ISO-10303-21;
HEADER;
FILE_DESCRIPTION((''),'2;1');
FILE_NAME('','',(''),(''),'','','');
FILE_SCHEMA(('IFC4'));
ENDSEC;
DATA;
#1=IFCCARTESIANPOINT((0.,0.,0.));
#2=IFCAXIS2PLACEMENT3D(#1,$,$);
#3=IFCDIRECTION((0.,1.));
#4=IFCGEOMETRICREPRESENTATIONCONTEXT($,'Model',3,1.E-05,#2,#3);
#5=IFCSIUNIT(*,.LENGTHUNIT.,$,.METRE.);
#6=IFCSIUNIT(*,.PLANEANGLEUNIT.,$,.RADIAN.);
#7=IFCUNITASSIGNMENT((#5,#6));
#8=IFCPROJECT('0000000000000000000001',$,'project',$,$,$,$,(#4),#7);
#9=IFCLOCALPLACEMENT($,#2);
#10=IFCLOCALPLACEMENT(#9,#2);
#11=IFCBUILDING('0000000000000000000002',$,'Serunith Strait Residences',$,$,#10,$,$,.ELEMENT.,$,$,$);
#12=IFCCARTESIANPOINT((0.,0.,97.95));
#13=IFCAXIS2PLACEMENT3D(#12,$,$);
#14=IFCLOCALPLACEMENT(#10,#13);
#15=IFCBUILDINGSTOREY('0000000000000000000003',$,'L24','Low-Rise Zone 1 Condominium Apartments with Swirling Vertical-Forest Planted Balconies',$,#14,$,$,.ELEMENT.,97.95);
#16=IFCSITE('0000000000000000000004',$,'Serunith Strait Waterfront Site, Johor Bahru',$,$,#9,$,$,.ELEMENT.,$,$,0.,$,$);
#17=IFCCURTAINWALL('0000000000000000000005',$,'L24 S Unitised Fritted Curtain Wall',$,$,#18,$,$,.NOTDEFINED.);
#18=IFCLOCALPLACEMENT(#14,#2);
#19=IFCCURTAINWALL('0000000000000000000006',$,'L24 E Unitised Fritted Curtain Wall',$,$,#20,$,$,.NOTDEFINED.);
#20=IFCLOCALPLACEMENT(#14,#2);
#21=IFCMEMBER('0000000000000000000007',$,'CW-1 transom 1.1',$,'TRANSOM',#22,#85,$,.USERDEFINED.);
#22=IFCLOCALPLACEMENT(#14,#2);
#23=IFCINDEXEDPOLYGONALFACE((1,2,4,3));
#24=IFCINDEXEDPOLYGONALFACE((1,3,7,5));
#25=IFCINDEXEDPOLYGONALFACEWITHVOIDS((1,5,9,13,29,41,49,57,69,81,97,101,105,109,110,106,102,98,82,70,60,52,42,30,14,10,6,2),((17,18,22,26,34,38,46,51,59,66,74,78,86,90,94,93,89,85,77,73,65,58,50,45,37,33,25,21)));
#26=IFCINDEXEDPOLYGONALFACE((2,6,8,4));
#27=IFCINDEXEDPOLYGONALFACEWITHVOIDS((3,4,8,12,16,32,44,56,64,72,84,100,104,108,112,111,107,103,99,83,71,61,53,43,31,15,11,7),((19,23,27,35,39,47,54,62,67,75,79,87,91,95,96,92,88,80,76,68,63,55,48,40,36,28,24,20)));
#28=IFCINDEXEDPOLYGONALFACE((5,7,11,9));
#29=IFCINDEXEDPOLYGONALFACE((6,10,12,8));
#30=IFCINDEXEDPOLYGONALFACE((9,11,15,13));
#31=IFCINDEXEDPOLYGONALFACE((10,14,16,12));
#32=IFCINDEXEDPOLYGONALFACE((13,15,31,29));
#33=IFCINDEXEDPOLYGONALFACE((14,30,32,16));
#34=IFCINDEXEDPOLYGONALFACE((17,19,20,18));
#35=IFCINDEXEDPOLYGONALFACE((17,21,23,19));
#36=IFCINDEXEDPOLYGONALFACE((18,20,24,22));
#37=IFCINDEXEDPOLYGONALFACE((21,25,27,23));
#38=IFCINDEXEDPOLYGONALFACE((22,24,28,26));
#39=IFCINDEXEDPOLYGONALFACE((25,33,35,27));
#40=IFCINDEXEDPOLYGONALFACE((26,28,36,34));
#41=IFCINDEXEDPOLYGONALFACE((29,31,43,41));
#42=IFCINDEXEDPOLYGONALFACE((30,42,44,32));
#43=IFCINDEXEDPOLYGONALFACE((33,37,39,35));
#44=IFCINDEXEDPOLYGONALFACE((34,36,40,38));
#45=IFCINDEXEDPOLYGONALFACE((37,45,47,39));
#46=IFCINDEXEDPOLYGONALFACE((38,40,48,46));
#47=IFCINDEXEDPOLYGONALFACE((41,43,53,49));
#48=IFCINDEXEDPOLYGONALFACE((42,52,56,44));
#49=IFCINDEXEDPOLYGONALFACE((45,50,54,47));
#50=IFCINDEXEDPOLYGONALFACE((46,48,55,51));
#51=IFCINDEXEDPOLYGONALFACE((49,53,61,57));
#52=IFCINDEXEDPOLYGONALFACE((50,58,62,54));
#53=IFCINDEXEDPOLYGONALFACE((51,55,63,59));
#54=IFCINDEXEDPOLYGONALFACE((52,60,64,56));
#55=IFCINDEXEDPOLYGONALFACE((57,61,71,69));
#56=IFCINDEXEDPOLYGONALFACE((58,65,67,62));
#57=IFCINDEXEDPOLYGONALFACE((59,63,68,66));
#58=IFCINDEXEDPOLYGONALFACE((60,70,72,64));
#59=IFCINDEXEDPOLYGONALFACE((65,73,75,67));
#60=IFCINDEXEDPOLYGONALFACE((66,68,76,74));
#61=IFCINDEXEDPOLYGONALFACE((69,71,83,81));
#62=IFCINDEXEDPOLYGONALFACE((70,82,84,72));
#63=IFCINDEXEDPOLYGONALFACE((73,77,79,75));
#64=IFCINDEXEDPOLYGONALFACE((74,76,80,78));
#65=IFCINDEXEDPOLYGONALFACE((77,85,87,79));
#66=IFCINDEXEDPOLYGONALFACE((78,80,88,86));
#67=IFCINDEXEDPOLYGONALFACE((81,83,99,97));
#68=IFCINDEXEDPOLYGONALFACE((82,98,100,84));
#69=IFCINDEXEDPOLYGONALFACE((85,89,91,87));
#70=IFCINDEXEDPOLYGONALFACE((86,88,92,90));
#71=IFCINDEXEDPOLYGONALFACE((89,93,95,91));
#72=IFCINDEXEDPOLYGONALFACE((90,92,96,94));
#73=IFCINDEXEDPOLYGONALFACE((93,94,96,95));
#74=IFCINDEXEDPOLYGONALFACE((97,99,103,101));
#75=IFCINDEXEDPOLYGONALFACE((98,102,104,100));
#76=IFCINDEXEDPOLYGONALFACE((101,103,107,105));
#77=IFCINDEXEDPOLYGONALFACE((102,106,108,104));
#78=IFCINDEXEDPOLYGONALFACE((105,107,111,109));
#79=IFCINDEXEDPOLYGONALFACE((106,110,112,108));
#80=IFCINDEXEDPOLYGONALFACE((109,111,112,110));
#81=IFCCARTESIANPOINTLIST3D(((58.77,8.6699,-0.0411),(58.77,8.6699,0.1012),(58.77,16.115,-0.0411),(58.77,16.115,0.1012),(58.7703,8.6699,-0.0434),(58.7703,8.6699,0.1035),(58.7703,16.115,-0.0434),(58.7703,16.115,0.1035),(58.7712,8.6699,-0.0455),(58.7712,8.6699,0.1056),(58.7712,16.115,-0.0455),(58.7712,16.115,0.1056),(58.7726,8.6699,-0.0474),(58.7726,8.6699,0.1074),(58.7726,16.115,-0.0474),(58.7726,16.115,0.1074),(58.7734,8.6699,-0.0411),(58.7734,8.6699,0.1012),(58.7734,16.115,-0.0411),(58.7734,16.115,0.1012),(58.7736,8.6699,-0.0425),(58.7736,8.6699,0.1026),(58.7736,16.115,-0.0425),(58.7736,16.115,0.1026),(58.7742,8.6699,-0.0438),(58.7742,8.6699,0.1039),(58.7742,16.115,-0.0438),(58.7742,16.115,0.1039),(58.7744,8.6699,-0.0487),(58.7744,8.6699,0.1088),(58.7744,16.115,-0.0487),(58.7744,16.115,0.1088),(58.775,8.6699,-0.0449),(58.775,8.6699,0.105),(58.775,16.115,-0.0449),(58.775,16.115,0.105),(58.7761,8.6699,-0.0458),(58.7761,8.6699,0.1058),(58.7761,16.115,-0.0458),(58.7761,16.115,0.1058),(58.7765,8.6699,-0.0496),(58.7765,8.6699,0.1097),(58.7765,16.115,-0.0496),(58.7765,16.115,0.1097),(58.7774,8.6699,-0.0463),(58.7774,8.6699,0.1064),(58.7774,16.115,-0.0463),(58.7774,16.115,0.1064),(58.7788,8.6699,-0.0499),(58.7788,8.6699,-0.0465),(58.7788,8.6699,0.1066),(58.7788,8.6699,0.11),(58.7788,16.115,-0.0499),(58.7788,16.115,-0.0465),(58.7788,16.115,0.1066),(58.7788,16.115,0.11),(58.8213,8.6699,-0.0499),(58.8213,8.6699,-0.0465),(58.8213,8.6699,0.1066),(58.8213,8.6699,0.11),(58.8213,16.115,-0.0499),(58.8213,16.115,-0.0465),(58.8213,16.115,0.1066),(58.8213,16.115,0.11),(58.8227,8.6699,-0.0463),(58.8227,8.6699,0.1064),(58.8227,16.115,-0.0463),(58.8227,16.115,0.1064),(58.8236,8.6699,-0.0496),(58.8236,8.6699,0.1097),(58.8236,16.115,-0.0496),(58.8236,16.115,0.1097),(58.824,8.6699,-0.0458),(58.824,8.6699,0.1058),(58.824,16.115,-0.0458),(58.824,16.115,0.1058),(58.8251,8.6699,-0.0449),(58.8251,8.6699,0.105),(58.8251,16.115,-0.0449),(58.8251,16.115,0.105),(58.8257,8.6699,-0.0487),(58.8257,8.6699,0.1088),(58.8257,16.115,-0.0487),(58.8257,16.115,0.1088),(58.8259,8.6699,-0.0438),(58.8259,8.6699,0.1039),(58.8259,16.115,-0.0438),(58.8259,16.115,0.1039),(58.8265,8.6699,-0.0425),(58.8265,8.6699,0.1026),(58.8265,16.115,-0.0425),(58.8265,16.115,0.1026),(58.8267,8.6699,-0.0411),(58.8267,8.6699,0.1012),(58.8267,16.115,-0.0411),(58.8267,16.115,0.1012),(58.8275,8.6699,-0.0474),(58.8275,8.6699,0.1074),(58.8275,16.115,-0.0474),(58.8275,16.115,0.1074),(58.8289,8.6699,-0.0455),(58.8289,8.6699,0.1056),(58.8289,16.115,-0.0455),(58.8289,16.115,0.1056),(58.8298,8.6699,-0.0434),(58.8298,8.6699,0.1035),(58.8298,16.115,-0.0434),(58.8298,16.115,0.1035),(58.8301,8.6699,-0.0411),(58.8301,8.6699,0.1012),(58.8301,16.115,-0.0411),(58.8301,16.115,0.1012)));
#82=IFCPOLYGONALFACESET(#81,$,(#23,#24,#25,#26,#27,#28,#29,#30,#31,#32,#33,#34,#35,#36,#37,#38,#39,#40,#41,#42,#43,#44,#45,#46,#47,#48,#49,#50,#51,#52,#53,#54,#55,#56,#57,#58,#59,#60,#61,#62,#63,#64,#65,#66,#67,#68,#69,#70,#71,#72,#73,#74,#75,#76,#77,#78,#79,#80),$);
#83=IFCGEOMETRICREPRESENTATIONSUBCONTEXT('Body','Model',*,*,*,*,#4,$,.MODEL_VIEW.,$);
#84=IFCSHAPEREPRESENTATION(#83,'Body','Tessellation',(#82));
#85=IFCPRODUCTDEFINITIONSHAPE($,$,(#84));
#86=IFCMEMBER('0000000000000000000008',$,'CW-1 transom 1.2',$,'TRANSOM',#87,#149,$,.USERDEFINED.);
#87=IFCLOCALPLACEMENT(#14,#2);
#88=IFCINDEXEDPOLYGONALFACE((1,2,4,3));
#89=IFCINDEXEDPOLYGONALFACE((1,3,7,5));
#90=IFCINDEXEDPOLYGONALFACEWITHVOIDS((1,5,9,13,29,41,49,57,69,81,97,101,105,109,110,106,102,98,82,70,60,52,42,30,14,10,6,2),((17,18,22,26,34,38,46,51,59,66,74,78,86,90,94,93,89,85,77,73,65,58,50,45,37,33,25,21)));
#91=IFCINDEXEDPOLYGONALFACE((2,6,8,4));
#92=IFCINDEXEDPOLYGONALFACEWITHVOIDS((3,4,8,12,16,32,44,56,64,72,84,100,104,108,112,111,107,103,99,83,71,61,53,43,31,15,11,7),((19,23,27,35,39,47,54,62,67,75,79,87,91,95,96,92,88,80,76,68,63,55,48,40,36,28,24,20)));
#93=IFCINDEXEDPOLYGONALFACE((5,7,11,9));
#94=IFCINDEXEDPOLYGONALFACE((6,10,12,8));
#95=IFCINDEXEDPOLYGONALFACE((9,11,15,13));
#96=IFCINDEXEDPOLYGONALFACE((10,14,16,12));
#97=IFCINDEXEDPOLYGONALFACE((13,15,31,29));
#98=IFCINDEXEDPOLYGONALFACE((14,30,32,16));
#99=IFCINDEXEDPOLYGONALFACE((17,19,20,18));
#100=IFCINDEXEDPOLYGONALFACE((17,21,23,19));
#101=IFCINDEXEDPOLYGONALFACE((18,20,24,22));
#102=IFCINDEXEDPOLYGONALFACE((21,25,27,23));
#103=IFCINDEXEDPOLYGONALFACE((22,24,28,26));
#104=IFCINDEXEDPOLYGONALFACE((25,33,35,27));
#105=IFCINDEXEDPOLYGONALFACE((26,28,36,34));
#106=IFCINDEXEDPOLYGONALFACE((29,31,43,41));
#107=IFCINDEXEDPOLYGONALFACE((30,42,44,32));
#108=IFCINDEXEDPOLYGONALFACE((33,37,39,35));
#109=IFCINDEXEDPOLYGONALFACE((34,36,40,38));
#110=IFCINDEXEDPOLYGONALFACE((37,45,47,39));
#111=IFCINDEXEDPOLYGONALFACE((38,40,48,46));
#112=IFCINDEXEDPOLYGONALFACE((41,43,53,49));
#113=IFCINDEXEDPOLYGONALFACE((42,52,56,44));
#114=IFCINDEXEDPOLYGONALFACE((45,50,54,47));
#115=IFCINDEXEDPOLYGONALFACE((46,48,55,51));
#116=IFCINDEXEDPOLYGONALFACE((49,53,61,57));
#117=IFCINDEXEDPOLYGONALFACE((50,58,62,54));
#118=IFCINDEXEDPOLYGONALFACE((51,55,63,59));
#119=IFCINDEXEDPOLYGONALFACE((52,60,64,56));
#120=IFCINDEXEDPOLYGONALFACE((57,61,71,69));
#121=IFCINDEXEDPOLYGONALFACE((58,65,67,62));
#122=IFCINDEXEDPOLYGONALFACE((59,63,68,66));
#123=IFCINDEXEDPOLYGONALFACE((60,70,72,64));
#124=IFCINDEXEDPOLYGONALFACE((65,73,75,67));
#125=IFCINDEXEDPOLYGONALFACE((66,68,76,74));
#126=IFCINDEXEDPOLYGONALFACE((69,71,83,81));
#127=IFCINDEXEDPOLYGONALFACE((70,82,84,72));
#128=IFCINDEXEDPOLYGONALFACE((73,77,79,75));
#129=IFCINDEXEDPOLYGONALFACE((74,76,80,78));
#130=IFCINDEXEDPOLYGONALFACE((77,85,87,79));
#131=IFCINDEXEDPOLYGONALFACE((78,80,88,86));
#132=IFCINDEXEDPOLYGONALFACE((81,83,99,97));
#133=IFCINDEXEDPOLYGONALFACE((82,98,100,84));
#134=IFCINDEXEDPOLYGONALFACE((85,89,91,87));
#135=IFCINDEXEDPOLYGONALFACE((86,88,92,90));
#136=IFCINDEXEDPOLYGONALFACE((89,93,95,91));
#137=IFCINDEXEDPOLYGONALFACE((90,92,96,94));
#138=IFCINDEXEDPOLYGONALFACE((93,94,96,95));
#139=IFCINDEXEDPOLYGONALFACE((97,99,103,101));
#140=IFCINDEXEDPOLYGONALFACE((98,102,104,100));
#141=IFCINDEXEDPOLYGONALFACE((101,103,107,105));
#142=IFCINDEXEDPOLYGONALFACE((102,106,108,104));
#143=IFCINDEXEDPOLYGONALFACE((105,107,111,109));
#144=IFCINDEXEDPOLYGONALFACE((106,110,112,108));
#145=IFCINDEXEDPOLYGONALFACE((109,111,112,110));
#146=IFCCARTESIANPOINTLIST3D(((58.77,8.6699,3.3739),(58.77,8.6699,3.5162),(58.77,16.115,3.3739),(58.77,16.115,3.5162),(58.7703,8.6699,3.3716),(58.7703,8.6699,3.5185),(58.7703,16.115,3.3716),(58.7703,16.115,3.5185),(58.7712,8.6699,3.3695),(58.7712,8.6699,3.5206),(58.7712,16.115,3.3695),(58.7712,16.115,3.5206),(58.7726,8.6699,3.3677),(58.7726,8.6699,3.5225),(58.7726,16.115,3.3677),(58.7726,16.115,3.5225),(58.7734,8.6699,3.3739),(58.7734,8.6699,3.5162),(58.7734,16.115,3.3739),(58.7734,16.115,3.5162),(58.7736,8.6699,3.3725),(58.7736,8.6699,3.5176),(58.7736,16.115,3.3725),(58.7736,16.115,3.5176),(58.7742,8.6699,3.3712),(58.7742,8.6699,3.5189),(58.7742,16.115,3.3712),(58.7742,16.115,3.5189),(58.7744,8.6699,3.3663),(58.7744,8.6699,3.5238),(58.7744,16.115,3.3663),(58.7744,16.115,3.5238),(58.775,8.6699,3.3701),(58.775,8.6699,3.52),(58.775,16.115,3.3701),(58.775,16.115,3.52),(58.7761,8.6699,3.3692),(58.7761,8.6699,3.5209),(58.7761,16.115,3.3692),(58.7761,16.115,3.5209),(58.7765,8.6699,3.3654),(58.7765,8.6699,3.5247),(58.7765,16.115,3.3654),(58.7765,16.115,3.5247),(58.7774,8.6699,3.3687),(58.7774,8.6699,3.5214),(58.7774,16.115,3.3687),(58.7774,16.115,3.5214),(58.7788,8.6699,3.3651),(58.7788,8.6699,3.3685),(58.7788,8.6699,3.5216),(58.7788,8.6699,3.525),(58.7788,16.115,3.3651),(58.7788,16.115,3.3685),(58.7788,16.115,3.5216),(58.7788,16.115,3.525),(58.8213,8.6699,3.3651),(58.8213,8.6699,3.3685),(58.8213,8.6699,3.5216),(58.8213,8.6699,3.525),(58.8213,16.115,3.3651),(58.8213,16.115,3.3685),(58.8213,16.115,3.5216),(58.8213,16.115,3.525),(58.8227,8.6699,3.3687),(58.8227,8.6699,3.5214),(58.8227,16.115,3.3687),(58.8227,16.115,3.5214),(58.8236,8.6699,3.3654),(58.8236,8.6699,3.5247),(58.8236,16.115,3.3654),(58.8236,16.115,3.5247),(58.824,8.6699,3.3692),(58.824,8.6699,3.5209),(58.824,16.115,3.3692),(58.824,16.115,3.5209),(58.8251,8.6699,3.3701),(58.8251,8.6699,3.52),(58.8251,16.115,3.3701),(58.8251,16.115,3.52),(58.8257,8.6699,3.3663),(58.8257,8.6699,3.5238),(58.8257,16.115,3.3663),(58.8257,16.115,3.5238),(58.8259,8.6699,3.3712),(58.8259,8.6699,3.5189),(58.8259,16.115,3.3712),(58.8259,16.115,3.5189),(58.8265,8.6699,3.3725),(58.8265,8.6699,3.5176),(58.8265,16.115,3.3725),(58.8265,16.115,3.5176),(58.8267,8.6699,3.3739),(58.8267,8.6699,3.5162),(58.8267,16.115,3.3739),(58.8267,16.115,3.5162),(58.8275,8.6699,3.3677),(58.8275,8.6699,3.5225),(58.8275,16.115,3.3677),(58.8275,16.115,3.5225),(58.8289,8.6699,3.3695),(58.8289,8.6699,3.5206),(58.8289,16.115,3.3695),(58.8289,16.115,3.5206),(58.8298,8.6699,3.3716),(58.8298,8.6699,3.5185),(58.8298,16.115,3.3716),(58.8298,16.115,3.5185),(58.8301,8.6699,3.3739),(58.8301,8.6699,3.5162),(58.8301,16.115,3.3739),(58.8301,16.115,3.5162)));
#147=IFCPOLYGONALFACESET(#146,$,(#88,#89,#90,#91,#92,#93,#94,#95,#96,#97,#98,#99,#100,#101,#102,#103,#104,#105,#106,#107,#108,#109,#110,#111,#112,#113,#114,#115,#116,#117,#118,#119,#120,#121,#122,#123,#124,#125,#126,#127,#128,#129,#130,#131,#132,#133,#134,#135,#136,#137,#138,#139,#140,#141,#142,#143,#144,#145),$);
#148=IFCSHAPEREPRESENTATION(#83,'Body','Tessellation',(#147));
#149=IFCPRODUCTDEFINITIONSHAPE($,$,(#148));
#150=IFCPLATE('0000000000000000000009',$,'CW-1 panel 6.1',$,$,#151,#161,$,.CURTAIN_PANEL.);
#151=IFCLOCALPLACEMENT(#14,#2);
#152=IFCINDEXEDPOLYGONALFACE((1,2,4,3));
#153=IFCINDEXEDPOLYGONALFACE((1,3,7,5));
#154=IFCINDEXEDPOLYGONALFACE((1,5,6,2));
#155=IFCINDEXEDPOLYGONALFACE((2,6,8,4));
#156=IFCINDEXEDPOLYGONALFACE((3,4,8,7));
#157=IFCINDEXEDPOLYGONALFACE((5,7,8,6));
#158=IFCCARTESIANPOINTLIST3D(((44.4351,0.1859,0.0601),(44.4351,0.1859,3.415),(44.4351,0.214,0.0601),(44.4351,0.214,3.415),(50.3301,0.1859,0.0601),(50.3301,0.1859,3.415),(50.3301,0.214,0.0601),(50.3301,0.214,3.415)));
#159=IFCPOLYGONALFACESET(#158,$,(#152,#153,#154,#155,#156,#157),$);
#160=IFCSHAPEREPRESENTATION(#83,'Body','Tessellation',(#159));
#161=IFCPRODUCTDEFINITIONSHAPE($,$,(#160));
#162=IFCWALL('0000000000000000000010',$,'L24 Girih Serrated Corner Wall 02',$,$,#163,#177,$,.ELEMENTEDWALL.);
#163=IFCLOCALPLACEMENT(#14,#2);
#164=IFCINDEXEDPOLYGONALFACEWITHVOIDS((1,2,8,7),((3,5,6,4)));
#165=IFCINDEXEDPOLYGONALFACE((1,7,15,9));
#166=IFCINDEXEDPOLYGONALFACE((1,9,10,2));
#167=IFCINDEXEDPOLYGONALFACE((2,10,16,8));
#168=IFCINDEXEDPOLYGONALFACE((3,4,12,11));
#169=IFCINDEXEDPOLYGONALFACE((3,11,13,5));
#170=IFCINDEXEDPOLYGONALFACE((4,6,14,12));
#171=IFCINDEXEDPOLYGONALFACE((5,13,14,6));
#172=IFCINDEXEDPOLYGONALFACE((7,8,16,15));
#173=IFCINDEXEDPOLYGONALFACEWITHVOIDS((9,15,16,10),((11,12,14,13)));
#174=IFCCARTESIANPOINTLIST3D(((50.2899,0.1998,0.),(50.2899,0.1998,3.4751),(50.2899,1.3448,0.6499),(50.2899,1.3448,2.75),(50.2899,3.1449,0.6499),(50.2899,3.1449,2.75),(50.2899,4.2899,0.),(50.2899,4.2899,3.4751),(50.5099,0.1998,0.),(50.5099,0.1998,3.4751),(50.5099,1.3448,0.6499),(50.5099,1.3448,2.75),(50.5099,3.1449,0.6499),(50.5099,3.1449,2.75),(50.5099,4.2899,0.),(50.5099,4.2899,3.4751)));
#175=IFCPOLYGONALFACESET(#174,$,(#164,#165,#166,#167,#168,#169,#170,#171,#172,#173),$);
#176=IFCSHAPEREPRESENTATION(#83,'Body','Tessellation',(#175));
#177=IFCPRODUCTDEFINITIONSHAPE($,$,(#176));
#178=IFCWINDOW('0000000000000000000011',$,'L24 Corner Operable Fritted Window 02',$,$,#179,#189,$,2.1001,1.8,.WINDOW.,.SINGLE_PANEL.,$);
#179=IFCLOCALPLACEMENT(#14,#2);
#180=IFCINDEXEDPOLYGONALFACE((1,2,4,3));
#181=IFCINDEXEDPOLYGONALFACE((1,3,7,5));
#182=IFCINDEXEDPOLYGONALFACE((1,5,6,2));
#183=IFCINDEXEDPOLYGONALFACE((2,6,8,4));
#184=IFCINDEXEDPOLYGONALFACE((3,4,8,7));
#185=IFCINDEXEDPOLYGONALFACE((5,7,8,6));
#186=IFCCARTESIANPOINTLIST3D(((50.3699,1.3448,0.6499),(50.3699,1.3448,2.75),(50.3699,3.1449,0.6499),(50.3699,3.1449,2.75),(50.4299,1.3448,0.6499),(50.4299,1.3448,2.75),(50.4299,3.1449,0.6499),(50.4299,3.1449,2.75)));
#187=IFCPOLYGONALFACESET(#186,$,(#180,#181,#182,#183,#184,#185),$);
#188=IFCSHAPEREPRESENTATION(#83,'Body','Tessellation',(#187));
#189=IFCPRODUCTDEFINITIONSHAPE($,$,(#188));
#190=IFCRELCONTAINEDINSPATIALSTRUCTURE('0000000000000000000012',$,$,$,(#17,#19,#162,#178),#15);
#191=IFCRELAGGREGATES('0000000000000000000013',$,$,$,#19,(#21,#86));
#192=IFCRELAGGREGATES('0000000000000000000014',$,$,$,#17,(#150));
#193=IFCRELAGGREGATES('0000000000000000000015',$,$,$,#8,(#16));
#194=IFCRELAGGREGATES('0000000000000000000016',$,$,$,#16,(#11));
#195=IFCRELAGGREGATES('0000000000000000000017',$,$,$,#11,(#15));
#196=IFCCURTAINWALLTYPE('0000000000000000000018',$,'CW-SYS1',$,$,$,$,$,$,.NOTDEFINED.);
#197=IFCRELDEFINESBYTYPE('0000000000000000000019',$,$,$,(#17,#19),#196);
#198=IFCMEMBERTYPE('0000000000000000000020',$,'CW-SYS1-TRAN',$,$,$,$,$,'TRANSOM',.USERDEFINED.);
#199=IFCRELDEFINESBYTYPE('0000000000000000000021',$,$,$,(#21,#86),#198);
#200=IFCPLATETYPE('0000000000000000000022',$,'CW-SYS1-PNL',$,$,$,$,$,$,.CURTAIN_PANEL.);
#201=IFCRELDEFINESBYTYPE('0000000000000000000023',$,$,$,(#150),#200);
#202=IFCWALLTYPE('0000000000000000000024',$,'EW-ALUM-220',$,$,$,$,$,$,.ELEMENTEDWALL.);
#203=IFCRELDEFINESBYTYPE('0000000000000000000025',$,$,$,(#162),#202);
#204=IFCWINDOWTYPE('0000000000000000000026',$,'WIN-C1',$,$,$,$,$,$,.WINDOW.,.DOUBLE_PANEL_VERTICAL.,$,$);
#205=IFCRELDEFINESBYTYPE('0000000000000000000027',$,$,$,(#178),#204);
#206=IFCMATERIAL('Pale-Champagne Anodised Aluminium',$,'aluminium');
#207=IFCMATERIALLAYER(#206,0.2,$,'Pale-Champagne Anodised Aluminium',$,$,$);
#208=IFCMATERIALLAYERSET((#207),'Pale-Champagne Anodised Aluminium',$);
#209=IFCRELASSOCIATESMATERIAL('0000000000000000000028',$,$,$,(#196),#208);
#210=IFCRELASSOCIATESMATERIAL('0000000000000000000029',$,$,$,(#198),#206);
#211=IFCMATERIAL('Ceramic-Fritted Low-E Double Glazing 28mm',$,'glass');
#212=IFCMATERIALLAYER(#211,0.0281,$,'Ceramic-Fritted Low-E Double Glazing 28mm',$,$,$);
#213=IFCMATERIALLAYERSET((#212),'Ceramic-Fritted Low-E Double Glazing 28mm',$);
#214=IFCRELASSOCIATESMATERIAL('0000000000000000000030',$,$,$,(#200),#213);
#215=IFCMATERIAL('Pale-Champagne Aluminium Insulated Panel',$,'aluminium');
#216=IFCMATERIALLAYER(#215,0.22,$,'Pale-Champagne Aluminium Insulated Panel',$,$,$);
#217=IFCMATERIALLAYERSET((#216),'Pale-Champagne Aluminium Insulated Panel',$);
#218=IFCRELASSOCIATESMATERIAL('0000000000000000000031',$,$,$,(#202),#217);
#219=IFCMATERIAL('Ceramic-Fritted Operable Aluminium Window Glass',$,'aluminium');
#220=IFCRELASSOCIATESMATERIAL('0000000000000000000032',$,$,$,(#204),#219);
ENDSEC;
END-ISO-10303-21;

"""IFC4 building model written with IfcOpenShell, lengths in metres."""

from ifc_helpers import new_model, si_unit, direction, frame, frame_2d, origin, origin_2d, place, context, subcontext, project, spatial, rectangle, hollow_rectangle, extrude, source, transform, mapped, material, layer, layer_set, material_profile, profile_set, type_object, element, fill, aggregate, save


model = new_model("IFC4")

# Units and contexts
model_context = context("Model", 3, precision=1e-05, world=origin(), true_north=direction((0.0, 1.0)))
body_context = subcontext(model_context, "Body", "Model", "MODEL_VIEW")
ifc_project = project(units=[si_unit("LENGTHUNIT", "METRE"), si_unit("PLANEANGLEUNIT", "RADIAN")], contexts=[model_context])

# Site, building, storey
site_placement = place(None, origin())
site = spatial("IfcSite", under=ifc_project, at=site_placement, Name="Serunith Strait Waterfront Site, Johor Bahru", CompositionType="ELEMENT", RefElevation=0.0)
building_placement = place(site_placement, origin())
building = spatial("IfcBuilding", under=site, at=building_placement, Name="Serunith Strait Residences", CompositionType="ELEMENT")
storey_placement = place(building_placement, frame((0.0, 0.0, 97.95)))
storey = spatial("IfcBuildingStorey", under=building, at=storey_placement, Name="L24", Description="Low-Rise Zone 1 Condominium Apartments with Swirling Vertical-Forest Planted Balconies", CompositionType="ELEMENT", Elevation=97.95)

# Curtain walls
ifc_material_1 = material(Name="Pale-Champagne Anodised Aluminium", Category="aluminium")
ifc_layer_1 = layer(ifc_material_1, 0.2, Name="Pale-Champagne Anodised Aluminium")
ifc_layer_set_1 = layer_set([ifc_layer_1], Name="Pale-Champagne Anodised Aluminium")
curtain_wall_type = type_object("IfcCurtainWallType", Name="CW-SYS1", PredefinedType="NOTDEFINED", material=ifc_layer_set_1)
curtain_wall_1_placement = place(storey_placement, origin())
curtain_wall_1 = element("IfcCurtainWall", 1, at=curtain_wall_1_placement, inside=storey, type_object=curtain_wall_type, Name="L24 S Unitised Fritted Curtain Wall", PredefinedType="NOTDEFINED")
curtain_wall_2_placement = place(storey_placement, origin())
curtain_wall_2 = element("IfcCurtainWall", 2, at=curtain_wall_2_placement, inside=storey, type_object=curtain_wall_type, Name="L24 E Unitised Fritted Curtain Wall", PredefinedType="NOTDEFINED")

# Members
ifc_material_profile_1 = material_profile(ifc_material_1, hollow_rectangle(XDim=0.0601, YDim=0.1599, WallThickness=0.0034, InnerFilletRadius=0.0054, OuterFilletRadius=0.0088, at=origin_2d()), Name="ALU 160x60x3.5")
ifc_profile_set_1 = profile_set([ifc_material_profile_1], Name="Pale-Champagne Anodised Aluminium")
member_type_1 = type_object("IfcMemberType", Name="CW-SYS1-TRAN", ElementType="TRANSOM", PredefinedType="USERDEFINED", material=ifc_profile_set_1)
shared_shape_1 = source(origin(), body_context, "Body", "SweptSolid", [
    extrude(hollow_rectangle(XDim=0.0601, YDim=0.1599, WallThickness=0.0034, InnerFilletRadius=0.0054, OuterFilletRadius=0.0088, at=origin_2d()), origin(), (0.0, 0.0, 1.0), 7.4451),
])
member_1_placement = place(storey_placement, frame((58.8, 8.6699, 0.03), z_axis=(0.0, 1.0, 0.0), x_axis=(-1.0, 0.0, 0.0)))
member_1 = element("IfcMember", 3, at=member_1_placement, type_object=member_type_1, Name="CW-1 transom 1.1", ObjectType="TRANSOM", PredefinedType="USERDEFINED", context=body_context, shape_type="MappedRepresentation", body=[
    mapped(shared_shape_1, transform((0.0, 0.0, 0.0), scale=1.0)),
])
member_2_placement = place(storey_placement, frame((58.8, 8.6699, 3.4451), z_axis=(0.0, 1.0, 0.0), x_axis=(-1.0, 0.0, 0.0)))
member_2 = element("IfcMember", 4, at=member_2_placement, type_object=member_type_1, Name="CW-1 transom 1.2", ObjectType="TRANSOM", PredefinedType="USERDEFINED", context=body_context, shape_type="MappedRepresentation", body=[
    mapped(shared_shape_1, transform((0.0, 0.0, 0.0), scale=1.0)),
])
aggregate(curtain_wall_2, [member_1, member_2])

# Plate
ifc_material_2 = material(Name="Ceramic-Fritted Low-E Double Glazing 28mm", Category="glass")
ifc_layer_2 = layer(ifc_material_2, 0.0281, Name="Ceramic-Fritted Low-E Double Glazing 28mm")
ifc_layer_set_2 = layer_set([ifc_layer_2], Name="Ceramic-Fritted Low-E Double Glazing 28mm")
plate_type = type_object("IfcPlateType", Name="CW-SYS1-PNL", PredefinedType="CURTAIN_PANEL", material=ifc_layer_set_2)
shared_shape_2 = source(origin(), body_context, "Body", "SweptSolid", [
    extrude(rectangle(XDim=5.895, YDim=0.0281, at=origin_2d()), origin(), (0.0, 0.0, 1.0), 3.355),
])
plate_placement = place(storey_placement, frame((47.3826, 0.2, 0.0601), z_axis=(0.0, 0.0, 1.0), x_axis=(1.0, 0.0, 0.0)))
plate = element("IfcPlate", 5, at=plate_placement, type_object=plate_type, Name="CW-1 panel 6.1", PredefinedType="CURTAIN_PANEL", context=body_context, shape_type="MappedRepresentation", body=[
    mapped(shared_shape_2, transform((0.0, 0.0, 0.0), scale=1.0)),
])
aggregate(curtain_wall_1, [plate])

# Wall, opening, window
ifc_material_3 = material(Name="Pale-Champagne Aluminium Insulated Panel", Category="aluminium")
ifc_layer_3 = layer(ifc_material_3, 0.22, Name="Pale-Champagne Aluminium Insulated Panel")
ifc_layer_set_3 = layer_set([ifc_layer_3], Name="Pale-Champagne Aluminium Insulated Panel")
wall_type_1 = type_object("IfcWallType", Name="EW-ALUM-220", PredefinedType="ELEMENTEDWALL", material=ifc_layer_set_3)
wall_1_placement = place(storey_placement, frame((50.3999, 0.2, 0.0), z_axis=(0.0, 0.0, 1.0), x_axis=(0.0, 1.0, 0.0)))
wall_1 = element("IfcWall", 6, at=wall_1_placement, inside=storey, type_object=wall_type_1, Name="L24 Girih Serrated Corner Wall 02", PredefinedType="ELEMENTEDWALL", context=body_context, shape_type="SweptSolid", body=[
    extrude(rectangle(XDim=4.0901, YDim=0.22, at=frame_2d((2.0449, 0.0))), origin(), (0.0, 0.0, 1.0), 3.4751),
])
opening_1_placement = place(wall_1_placement, frame((1.145, 0.0, 0.6499)))
opening_1 = element("IfcOpeningElement", 7, at=opening_1_placement, cuts=wall_1, PredefinedType="OPENING", context=body_context, shape_type="SweptSolid", body=[
    extrude(rectangle(XDim=1.8, YDim=2.1001, at=frame_2d((0.8999, 1.05))), frame((0.0, 0.1201, 0.0), z_axis=(0.0, -1.0, 0.0), x_axis=(1.0, 0.0, 0.0)), (0.0, 0.0, 1.0), 0.24),
])
ifc_material_4 = material(Name="Ceramic-Fritted Operable Aluminium Window Glass", Category="aluminium")
window_type = type_object("IfcWindowType", Name="WIN-C1", PartitioningType="DOUBLE_PANEL_VERTICAL", PredefinedType="WINDOW", material=ifc_material_4)
shared_shape_3 = source(origin(), body_context, "Body", "SweptSolid", [
    extrude(rectangle(XDim=1.8, YDim=2.1001, at=frame_2d((0.8999, 1.05))), frame((0.0, 0.03, 0.0), z_axis=(0.0, -1.0, 0.0), x_axis=(1.0, 0.0, 0.0)), (0.0, 0.0, 1.0), 0.0601),
])
window_1_placement = place(opening_1_placement, origin())
window_1 = element("IfcWindow", 8, at=window_1_placement, inside=storey, type_object=window_type, Name="L24 Corner Operable Fritted Window 02", OverallHeight=2.1001, OverallWidth=1.8, PartitioningType="SINGLE_PANEL", PredefinedType="WINDOW", context=body_context, shape_type="MappedRepresentation", body=[
    mapped(shared_shape_3, transform((0.0, 0.0, 0.0), scale=1.0)),
])
fill(opening_1, window_1)

save(model, "model.ifc")
